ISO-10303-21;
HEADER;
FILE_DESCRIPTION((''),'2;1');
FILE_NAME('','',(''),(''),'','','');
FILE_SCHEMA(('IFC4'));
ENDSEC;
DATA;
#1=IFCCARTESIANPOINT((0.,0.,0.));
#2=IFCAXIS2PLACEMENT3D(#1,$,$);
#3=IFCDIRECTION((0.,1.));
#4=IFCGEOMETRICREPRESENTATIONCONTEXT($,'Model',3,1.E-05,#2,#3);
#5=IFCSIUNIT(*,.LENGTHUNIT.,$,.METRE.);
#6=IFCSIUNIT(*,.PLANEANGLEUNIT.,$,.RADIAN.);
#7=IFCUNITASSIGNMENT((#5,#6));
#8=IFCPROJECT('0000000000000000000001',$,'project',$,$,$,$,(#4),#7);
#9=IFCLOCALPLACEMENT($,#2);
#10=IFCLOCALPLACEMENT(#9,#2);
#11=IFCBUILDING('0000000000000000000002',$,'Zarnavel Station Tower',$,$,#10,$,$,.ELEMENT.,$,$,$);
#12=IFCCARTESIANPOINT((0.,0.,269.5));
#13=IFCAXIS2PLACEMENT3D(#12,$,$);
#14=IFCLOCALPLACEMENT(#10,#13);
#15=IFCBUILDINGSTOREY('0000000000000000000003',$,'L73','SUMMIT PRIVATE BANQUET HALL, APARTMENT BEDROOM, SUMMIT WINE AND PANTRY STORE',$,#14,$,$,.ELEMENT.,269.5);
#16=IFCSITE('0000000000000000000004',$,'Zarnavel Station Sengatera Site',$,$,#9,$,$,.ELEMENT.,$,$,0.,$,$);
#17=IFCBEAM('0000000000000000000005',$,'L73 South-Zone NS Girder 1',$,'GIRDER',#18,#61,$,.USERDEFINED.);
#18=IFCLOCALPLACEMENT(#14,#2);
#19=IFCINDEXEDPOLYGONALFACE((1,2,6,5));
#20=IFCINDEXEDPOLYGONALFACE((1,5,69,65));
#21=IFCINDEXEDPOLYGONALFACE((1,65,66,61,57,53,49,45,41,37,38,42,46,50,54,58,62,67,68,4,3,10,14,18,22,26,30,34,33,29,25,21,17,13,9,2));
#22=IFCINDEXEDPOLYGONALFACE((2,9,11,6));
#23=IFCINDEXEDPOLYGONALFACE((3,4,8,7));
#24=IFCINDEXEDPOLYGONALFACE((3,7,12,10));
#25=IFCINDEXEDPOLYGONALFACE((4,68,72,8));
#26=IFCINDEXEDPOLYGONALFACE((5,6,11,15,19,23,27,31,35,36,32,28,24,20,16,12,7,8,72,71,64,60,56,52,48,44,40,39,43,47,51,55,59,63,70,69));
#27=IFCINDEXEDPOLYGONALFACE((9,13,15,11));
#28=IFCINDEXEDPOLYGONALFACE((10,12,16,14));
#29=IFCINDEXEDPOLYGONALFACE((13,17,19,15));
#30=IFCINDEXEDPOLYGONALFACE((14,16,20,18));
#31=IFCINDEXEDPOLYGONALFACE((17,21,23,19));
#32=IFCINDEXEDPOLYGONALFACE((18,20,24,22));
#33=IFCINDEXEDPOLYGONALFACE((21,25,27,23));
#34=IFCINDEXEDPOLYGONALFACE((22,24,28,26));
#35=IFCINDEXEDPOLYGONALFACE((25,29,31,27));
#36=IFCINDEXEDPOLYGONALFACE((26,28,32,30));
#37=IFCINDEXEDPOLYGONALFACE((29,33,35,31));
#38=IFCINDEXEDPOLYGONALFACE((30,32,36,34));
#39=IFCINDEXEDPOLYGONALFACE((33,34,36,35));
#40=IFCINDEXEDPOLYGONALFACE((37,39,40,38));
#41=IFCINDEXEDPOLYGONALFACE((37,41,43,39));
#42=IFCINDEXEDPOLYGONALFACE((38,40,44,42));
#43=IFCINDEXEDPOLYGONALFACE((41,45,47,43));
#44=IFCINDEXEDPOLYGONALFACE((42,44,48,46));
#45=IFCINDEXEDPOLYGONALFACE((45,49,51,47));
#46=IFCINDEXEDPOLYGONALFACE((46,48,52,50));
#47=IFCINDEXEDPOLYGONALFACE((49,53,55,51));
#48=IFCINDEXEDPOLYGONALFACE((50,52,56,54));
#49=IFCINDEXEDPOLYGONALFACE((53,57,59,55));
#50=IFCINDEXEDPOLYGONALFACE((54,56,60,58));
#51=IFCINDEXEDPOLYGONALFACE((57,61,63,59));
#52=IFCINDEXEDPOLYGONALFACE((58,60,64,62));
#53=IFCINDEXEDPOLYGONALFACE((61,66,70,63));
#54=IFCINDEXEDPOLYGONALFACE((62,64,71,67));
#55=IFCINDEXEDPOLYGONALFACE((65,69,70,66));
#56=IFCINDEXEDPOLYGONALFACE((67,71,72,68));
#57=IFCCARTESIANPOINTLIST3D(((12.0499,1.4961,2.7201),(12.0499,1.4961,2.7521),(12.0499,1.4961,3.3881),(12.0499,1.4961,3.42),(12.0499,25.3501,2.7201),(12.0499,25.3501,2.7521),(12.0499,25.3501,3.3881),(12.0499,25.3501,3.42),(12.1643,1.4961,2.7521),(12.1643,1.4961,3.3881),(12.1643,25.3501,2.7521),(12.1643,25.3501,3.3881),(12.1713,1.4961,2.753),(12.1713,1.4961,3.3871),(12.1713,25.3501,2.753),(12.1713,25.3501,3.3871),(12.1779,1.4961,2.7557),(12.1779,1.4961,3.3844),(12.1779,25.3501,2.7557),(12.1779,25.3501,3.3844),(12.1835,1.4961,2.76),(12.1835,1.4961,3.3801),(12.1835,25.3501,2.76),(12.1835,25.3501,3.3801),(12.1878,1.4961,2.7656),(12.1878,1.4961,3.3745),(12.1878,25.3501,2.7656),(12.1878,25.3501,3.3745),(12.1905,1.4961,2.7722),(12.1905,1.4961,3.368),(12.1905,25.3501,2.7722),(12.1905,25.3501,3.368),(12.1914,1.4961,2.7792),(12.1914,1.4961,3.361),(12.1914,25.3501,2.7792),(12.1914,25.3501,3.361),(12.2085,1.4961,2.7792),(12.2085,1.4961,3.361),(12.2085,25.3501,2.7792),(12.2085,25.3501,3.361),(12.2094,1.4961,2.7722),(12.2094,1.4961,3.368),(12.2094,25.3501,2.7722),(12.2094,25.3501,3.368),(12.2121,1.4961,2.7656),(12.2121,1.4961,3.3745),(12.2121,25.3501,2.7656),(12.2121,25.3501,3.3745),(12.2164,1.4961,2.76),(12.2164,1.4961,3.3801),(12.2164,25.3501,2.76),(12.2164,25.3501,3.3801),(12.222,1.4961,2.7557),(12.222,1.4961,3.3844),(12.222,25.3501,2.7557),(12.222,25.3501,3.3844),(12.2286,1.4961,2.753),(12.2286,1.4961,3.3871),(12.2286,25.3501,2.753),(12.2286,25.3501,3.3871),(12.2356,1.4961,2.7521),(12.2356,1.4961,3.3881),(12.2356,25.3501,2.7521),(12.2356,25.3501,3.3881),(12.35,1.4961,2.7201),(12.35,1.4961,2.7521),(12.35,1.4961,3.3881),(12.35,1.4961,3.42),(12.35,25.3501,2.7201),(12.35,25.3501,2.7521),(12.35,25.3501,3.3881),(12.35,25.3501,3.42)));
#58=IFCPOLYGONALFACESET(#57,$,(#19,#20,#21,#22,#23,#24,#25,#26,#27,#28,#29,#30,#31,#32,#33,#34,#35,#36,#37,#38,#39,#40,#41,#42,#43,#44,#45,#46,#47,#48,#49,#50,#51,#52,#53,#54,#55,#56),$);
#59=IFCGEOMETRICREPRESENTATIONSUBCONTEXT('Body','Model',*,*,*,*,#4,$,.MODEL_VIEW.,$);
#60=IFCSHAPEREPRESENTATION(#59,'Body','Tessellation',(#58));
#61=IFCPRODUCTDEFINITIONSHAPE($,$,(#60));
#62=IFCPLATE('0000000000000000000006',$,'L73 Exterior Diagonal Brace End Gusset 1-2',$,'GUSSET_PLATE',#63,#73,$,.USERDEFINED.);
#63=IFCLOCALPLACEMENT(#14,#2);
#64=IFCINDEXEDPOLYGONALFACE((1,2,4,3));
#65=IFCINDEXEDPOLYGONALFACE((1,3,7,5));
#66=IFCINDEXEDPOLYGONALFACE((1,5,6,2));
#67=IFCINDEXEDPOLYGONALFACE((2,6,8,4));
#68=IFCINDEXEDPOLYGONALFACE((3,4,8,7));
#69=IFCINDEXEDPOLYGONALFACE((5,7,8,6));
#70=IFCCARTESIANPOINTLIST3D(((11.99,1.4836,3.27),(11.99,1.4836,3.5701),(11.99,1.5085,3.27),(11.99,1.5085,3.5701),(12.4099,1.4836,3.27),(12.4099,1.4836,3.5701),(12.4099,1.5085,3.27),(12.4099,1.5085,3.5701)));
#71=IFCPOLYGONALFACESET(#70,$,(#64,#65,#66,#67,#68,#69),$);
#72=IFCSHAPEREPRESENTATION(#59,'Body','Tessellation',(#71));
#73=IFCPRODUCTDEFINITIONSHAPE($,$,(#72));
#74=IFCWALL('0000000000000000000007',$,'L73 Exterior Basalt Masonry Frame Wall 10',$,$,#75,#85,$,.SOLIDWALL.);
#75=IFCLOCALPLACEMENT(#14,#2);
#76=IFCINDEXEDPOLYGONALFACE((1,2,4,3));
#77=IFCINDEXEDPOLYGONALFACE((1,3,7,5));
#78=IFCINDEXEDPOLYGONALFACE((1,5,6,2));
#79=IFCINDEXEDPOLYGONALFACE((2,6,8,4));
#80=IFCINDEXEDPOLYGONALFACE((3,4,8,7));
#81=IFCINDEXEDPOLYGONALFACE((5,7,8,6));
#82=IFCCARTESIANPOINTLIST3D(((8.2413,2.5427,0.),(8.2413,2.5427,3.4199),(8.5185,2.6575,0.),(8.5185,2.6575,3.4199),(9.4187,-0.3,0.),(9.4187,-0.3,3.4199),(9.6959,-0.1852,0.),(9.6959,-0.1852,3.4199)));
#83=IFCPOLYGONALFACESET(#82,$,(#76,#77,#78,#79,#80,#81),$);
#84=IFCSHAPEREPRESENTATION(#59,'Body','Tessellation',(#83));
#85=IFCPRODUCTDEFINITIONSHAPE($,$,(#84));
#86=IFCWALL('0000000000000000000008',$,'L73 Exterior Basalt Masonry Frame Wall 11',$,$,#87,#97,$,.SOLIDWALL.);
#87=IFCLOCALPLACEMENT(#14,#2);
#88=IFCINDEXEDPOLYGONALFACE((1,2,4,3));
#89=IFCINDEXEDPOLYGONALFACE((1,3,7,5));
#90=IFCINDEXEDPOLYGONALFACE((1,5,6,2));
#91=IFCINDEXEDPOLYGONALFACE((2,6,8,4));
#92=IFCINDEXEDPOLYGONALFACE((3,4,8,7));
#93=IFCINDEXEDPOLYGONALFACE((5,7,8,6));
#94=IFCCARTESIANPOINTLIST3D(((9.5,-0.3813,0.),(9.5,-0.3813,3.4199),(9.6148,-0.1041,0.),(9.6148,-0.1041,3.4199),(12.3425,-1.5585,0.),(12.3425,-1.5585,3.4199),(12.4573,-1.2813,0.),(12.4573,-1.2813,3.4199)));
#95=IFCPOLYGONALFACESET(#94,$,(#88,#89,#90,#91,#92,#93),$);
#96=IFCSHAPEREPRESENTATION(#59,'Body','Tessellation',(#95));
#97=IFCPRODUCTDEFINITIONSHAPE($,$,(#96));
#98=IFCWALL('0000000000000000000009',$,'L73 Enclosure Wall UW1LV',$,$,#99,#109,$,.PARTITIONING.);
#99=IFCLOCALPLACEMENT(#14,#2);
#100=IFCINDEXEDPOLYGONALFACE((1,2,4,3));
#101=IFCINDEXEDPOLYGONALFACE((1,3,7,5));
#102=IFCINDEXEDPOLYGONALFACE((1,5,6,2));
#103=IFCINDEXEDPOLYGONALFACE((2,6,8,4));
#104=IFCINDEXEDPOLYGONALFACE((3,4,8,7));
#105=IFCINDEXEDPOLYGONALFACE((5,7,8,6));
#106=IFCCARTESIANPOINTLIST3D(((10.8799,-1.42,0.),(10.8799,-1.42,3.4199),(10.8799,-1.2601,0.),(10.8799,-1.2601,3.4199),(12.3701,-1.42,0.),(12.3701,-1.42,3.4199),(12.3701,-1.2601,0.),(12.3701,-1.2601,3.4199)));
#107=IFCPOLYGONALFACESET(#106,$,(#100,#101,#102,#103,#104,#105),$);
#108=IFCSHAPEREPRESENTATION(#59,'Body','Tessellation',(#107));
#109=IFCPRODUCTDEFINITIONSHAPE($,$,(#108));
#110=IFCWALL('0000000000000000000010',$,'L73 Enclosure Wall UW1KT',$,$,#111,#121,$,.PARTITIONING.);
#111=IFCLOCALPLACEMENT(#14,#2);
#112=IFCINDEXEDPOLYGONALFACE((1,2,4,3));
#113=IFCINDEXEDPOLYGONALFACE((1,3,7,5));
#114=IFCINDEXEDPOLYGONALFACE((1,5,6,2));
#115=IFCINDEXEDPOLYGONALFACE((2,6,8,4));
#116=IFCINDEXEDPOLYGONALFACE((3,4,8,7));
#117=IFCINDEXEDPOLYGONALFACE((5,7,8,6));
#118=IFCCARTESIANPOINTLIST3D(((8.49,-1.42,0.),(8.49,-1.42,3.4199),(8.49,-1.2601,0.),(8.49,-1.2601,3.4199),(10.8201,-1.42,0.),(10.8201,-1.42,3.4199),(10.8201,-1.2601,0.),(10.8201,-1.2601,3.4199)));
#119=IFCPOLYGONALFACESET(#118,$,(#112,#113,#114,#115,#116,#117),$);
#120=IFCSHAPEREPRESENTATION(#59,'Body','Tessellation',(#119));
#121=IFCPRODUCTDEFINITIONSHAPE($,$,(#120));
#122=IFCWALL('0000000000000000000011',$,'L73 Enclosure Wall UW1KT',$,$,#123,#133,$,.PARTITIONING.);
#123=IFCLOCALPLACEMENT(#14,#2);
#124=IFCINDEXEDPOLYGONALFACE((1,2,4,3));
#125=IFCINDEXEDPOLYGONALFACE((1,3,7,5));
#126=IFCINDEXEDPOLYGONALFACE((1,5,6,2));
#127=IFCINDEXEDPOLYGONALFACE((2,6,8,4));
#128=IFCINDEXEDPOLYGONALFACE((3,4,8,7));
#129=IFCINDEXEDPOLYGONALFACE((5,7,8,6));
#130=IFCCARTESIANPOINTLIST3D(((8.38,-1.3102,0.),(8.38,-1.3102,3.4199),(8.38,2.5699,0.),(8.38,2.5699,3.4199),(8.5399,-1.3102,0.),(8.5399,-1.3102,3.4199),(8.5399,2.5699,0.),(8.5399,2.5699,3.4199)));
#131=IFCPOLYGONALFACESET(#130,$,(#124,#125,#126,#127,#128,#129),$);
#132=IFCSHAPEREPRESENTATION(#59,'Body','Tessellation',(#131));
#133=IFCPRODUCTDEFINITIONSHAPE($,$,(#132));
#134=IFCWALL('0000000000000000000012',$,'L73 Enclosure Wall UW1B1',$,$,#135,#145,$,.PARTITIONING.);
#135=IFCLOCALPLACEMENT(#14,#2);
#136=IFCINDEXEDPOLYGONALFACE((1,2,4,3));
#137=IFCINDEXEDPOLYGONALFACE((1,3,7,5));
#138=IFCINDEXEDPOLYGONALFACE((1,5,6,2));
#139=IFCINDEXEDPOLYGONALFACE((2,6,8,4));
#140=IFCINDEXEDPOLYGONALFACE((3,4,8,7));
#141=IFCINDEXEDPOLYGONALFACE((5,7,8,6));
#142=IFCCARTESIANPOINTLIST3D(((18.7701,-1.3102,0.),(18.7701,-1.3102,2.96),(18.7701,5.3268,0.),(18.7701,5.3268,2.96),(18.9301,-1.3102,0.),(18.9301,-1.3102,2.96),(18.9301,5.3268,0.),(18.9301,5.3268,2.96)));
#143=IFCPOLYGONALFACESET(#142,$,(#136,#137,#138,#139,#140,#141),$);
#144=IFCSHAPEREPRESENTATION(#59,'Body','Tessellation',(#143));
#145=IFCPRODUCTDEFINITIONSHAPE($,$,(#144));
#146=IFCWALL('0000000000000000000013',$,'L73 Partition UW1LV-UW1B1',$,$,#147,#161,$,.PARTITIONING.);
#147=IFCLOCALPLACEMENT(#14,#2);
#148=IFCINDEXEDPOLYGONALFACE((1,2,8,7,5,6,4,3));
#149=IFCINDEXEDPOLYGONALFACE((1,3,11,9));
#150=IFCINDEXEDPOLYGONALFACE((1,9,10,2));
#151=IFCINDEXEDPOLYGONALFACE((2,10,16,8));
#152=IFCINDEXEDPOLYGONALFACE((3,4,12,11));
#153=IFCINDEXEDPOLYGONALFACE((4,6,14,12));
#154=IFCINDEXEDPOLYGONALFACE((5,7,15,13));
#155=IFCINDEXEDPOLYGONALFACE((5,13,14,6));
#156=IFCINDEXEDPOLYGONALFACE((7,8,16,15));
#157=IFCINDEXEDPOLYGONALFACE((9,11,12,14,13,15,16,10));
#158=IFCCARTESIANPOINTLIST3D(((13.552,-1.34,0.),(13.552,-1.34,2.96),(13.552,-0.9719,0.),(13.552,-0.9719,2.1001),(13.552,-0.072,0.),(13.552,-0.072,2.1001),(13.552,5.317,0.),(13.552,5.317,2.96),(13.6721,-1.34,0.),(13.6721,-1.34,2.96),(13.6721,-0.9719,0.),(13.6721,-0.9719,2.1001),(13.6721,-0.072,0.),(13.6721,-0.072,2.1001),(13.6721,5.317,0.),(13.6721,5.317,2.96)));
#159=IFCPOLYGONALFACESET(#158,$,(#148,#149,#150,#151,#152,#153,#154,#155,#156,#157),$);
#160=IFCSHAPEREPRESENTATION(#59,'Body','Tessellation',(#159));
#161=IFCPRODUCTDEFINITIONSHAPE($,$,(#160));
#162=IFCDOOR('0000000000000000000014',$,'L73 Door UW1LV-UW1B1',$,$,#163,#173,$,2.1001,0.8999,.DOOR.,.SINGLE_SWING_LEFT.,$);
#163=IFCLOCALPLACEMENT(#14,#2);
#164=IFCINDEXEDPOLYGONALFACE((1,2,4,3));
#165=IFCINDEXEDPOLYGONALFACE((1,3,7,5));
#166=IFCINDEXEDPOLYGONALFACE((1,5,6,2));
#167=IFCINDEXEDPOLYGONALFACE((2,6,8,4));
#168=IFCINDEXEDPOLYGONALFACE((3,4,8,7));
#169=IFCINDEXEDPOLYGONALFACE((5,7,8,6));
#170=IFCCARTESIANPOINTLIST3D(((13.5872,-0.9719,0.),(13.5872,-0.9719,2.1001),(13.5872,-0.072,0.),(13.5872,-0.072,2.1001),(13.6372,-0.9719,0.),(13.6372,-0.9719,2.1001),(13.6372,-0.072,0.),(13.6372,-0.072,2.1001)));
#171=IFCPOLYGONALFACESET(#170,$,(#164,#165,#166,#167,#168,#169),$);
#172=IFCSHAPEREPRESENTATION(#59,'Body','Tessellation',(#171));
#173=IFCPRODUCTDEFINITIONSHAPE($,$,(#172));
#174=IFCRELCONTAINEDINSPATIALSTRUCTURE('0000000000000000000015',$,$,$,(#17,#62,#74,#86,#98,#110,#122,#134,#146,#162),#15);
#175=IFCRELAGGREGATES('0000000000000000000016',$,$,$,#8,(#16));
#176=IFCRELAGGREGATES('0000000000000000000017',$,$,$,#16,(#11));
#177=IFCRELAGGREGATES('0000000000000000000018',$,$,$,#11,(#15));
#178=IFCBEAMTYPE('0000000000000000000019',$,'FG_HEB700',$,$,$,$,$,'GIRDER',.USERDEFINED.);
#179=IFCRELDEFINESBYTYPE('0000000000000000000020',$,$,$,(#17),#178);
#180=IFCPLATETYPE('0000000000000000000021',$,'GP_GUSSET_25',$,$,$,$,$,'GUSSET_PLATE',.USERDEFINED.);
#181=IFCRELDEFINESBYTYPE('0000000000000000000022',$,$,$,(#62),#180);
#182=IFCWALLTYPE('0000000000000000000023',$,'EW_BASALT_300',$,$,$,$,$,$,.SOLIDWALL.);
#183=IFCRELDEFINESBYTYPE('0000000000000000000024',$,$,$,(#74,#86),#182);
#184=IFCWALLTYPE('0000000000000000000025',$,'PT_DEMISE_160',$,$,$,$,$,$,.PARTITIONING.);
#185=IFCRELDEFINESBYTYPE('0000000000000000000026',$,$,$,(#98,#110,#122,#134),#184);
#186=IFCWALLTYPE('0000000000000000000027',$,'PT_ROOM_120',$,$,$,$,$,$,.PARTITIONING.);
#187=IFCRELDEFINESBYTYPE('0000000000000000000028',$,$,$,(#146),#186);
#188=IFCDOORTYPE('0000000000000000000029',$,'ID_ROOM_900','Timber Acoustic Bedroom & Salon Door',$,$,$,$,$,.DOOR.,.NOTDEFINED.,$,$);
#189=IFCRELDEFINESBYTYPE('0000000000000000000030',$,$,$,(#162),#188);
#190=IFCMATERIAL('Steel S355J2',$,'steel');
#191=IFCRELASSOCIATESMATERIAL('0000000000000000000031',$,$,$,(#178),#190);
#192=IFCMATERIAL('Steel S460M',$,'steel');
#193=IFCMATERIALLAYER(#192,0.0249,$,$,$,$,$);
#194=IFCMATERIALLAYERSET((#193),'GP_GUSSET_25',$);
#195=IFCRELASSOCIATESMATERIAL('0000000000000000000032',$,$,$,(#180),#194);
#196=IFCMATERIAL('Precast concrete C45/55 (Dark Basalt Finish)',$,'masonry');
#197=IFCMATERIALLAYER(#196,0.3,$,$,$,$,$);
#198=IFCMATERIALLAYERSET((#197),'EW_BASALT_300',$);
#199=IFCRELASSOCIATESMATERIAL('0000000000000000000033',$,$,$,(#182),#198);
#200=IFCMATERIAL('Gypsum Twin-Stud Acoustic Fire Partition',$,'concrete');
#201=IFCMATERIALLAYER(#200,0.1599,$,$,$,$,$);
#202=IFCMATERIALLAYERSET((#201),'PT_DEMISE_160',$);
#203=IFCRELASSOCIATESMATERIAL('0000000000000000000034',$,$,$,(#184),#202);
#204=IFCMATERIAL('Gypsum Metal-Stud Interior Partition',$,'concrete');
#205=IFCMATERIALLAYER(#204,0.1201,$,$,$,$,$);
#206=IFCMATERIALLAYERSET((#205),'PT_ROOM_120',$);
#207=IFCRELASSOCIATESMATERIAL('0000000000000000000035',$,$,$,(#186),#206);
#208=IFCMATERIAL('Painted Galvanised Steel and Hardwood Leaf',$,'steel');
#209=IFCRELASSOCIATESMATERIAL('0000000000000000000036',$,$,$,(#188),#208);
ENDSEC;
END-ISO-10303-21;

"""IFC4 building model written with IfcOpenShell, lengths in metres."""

from ifc_helpers import new_model, si_unit, direction, frame, frame_2d, origin, origin_2d, place, context, subcontext, project, spatial, rectangle, i_section, extrude, material, layer, layer_set, material_profile, profile_set, type_object, element, fill, save


model = new_model("IFC4")

# Units and contexts
model_context = context("Model", 3, precision=1e-05, world=origin(), true_north=direction((0.0, 1.0)))
body_context = subcontext(model_context, "Body", "Model", "MODEL_VIEW")
ifc_project = project(units=[si_unit("LENGTHUNIT", "METRE"), si_unit("PLANEANGLEUNIT", "RADIAN")], contexts=[model_context])

# Site, building, storey
site_placement = place(None, origin())
site = spatial("IfcSite", under=ifc_project, at=site_placement, Name="Zarnavel Station Sengatera Site", CompositionType="ELEMENT", RefElevation=0.0)
building_placement = place(site_placement, origin())
building = spatial("IfcBuilding", under=site, at=building_placement, Name="Zarnavel Station Tower", CompositionType="ELEMENT")
storey_placement = place(building_placement, frame((0.0, 0.0, 269.5)))
storey = spatial("IfcBuildingStorey", under=building, at=storey_placement, Name="L73", Description="SUMMIT PRIVATE BANQUET HALL, APARTMENT BEDROOM, SUMMIT WINE AND PANTRY STORE", CompositionType="ELEMENT", Elevation=269.5)

# Beam
ifc_material_1 = material(Name="Steel S355J2", Category="steel")
ifc_material_profile_1 = material_profile(ifc_material_1, i_section(OverallWidth=0.3, OverallDepth=0.7, WebThickness=0.0171, FlangeThickness=0.032, FilletRadius=0.0271, at=origin_2d()), Name="HEB700")
ifc_profile_set_1 = profile_set([ifc_material_profile_1], Name="Steel S355J2")
beam_type_1 = type_object("IfcBeamType", Name="FG_HEB700", ElementType="GIRDER", PredefinedType="USERDEFINED", material=ifc_profile_set_1)
beam_1_placement = place(storey_placement, frame((12.2, 1.4961, 3.0701), z_axis=(0.0, 1.0, 0.0), x_axis=(-1.0, 0.0, 0.0)))
element("IfcBeam", 1, at=beam_1_placement, inside=storey, type_object=beam_type_1, Name="L73 South-Zone NS Girder 1", ObjectType="GIRDER", PredefinedType="USERDEFINED", context=body_context, shape_type="SweptSolid", body=[
    extrude(i_section(OverallWidth=0.3, OverallDepth=0.7, WebThickness=0.0171, FlangeThickness=0.032, FilletRadius=0.0271, at=origin_2d()), origin(), (0.0, 0.0, 1.0), 23.854),
])

# Plate
ifc_material_2 = material(Name="Steel S460M", Category="steel")
ifc_layer_1 = layer(ifc_material_2, 0.0249)
ifc_layer_set_1 = layer_set([ifc_layer_1], Name="GP_GUSSET_25")
plate_type = type_object("IfcPlateType", Name="GP_GUSSET_25", ElementType="GUSSET_PLATE", PredefinedType="USERDEFINED", material=ifc_layer_set_1)
plate_placement = place(storey_placement, frame((12.2, 1.4961, 3.27), z_axis=(0.0, 0.0, 1.0), x_axis=(1.0, 0.0, 0.0)))
element("IfcPlate", 2, at=plate_placement, inside=storey, type_object=plate_type, Name="L73 Exterior Diagonal Brace End Gusset 1-2", ObjectType="GUSSET_PLATE", PredefinedType="USERDEFINED", context=body_context, shape_type="SweptSolid", body=[
    extrude(rectangle(XDim=0.4199, YDim=0.0249, at=origin_2d()), origin(), (0.0, 0.0, 1.0), 0.3),
])

# Walls
ifc_material_3 = material(Name="Precast concrete C45/55 (Dark Basalt Finish)", Category="masonry")
ifc_layer_2 = layer(ifc_material_3, 0.3)
ifc_layer_set_2 = layer_set([ifc_layer_2], Name="EW_BASALT_300")
wall_type_1 = type_object("IfcWallType", Name="EW_BASALT_300", PredefinedType="SOLIDWALL", material=ifc_layer_set_2)
wall_1_placement = place(storey_placement, frame((9.5574, -0.2427, 0.0), z_axis=(0.0, 0.0, 1.0), x_axis=(-0.382676, 0.923882, 0.0)))
element("IfcWall", 3, at=wall_1_placement, inside=storey, type_object=wall_type_1, Name="L73 Exterior Basalt Masonry Frame Wall 10", PredefinedType="SOLIDWALL", context=body_context, shape_type="SweptSolid", body=[
    extrude(rectangle(XDim=3.0769, YDim=0.3, at=frame_2d((1.5386, 0.0))), origin(), (0.0, 0.0, 1.0), 3.4199),
])
wall_2_placement = place(storey_placement, frame((12.3999, -1.4199, 0.0), z_axis=(0.0, 0.0, 1.0), x_axis=(-0.923899, 0.382637, 0.0)))
element("IfcWall", 4, at=wall_2_placement, inside=storey, type_object=wall_type_1, Name="L73 Exterior Basalt Masonry Frame Wall 11", PredefinedType="SOLIDWALL", context=body_context, shape_type="SweptSolid", body=[
    extrude(rectangle(XDim=3.0767, YDim=0.3, at=frame_2d((1.5383, 0.0))), origin(), (0.0, 0.0, 1.0), 3.4199),
])
ifc_material_4 = material(Name="Gypsum Twin-Stud Acoustic Fire Partition", Category="concrete")
ifc_layer_3 = layer(ifc_material_4, 0.1599)
ifc_layer_set_3 = layer_set([ifc_layer_3], Name="PT_DEMISE_160")
wall_type_2 = type_object("IfcWallType", Name="PT_DEMISE_160", PredefinedType="PARTITIONING", material=ifc_layer_set_3)
wall_3_placement = place(storey_placement, frame((10.8799, -1.3401, 0.0), z_axis=(0.0, 0.0, 1.0), x_axis=(1.0, 0.0, 0.0)))
element("IfcWall", 5, at=wall_3_placement, inside=storey, type_object=wall_type_2, Name="L73 Enclosure Wall UW1LV", PredefinedType="PARTITIONING", context=body_context, shape_type="SweptSolid", body=[
    extrude(rectangle(XDim=1.4902, YDim=0.1599, at=frame_2d((0.7451, 0.0))), origin(), (0.0, 0.0, 1.0), 3.4199),
])
wall_4_placement = place(storey_placement, frame((8.49, -1.3401, 0.0), z_axis=(0.0, 0.0, 1.0), x_axis=(1.0, 0.0, 0.0)))
element("IfcWall", 6, at=wall_4_placement, inside=storey, type_object=wall_type_2, Name="L73 Enclosure Wall UW1KT", PredefinedType="PARTITIONING", context=body_context, shape_type="SweptSolid", body=[
    extrude(rectangle(XDim=2.3301, YDim=0.1599, at=frame_2d((1.165, 0.0))), origin(), (0.0, 0.0, 1.0), 3.4199),
])
wall_5_placement = place(storey_placement, frame((8.46, -1.3101, 0.0), z_axis=(0.0, 0.0, 1.0), x_axis=(0.0, 1.0, 0.0)))
element("IfcWall", 7, at=wall_5_placement, inside=storey, type_object=wall_type_2, Name="L73 Enclosure Wall UW1KT", PredefinedType="PARTITIONING", context=body_context, shape_type="SweptSolid", body=[
    extrude(rectangle(XDim=3.8801, YDim=0.1599, at=frame_2d((1.9399, 0.0))), origin(), (0.0, 0.0, 1.0), 3.4199),
])
wall_6_placement = place(storey_placement, frame((18.8501, -1.3101, 0.0), z_axis=(0.0, 0.0, 1.0), x_axis=(0.0, 1.0, 0.0)))
element("IfcWall", 8, at=wall_6_placement, inside=storey, type_object=wall_type_2, Name="L73 Enclosure Wall UW1B1", PredefinedType="PARTITIONING", context=body_context, shape_type="SweptSolid", body=[
    extrude(rectangle(XDim=6.637, YDim=0.1599, at=frame_2d((3.3184, 0.0))), origin(), (0.0, 0.0, 1.0), 2.96),
])

# Wall, opening, door
ifc_material_5 = material(Name="Gypsum Metal-Stud Interior Partition", Category="concrete")
ifc_layer_4 = layer(ifc_material_5, 0.1201)
ifc_layer_set_4 = layer_set([ifc_layer_4], Name="PT_ROOM_120")
wall_type_3 = type_object("IfcWallType", Name="PT_ROOM_120", PredefinedType="PARTITIONING", material=ifc_layer_set_4)
wall_7_placement = place(storey_placement, frame((13.6121, -1.3401, 0.0), z_axis=(0.0, 0.0, 1.0), x_axis=(0.0, 1.0, 0.0)))
wall_7 = element("IfcWall", 9, at=wall_7_placement, inside=storey, type_object=wall_type_3, Name="L73 Partition UW1LV-UW1B1", PredefinedType="PARTITIONING", context=body_context, shape_type="SweptSolid", body=[
    extrude(rectangle(XDim=6.657, YDim=0.1201, at=frame_2d((3.3286, 0.0))), origin(), (0.0, 0.0, 1.0), 2.96),
])
opening_1_placement = place(wall_7_placement, frame((0.3682, 0.0, 0.0)))
opening_1 = element("IfcOpeningElement", 10, at=opening_1_placement, cuts=wall_7, PredefinedType="OPENING", context=body_context, shape_type="SweptSolid", body=[
    extrude(rectangle(XDim=0.8999, YDim=2.1001, at=frame_2d((0.45, 1.05))), frame((0.0, 0.0701, 0.0), z_axis=(0.0, -1.0, 0.0), x_axis=(1.0, 0.0, 0.0)), (0.0, 0.0, 1.0), 0.1401),
])
ifc_material_6 = material(Name="Painted Galvanised Steel and Hardwood Leaf", Category="steel")
door_type_1 = type_object("IfcDoorType", Name="ID_ROOM_900", Description="Timber Acoustic Bedroom & Salon Door", OperationType="NOTDEFINED", PredefinedType="DOOR", material=ifc_material_6)
door_1_placement = place(opening_1_placement, origin())
door_1 = element("IfcDoor", 11, at=door_1_placement, inside=storey, type_object=door_type_1, Name="L73 Door UW1LV-UW1B1", OperationType="SINGLE_SWING_LEFT", OverallHeight=2.1001, OverallWidth=0.8999, PredefinedType="DOOR", context=body_context, shape_type="SweptSolid", body=[
    extrude(rectangle(XDim=0.8999, YDim=2.1001, at=frame_2d((0.45, 1.05))), frame((0.0, 0.0249, 0.0), z_axis=(0.0, -1.0, 0.0), x_axis=(1.0, 0.0, 0.0)), (0.0, 0.0, 1.0), 0.05),
])
fill(opening_1, door_1)

save(model, "model.ifc")
